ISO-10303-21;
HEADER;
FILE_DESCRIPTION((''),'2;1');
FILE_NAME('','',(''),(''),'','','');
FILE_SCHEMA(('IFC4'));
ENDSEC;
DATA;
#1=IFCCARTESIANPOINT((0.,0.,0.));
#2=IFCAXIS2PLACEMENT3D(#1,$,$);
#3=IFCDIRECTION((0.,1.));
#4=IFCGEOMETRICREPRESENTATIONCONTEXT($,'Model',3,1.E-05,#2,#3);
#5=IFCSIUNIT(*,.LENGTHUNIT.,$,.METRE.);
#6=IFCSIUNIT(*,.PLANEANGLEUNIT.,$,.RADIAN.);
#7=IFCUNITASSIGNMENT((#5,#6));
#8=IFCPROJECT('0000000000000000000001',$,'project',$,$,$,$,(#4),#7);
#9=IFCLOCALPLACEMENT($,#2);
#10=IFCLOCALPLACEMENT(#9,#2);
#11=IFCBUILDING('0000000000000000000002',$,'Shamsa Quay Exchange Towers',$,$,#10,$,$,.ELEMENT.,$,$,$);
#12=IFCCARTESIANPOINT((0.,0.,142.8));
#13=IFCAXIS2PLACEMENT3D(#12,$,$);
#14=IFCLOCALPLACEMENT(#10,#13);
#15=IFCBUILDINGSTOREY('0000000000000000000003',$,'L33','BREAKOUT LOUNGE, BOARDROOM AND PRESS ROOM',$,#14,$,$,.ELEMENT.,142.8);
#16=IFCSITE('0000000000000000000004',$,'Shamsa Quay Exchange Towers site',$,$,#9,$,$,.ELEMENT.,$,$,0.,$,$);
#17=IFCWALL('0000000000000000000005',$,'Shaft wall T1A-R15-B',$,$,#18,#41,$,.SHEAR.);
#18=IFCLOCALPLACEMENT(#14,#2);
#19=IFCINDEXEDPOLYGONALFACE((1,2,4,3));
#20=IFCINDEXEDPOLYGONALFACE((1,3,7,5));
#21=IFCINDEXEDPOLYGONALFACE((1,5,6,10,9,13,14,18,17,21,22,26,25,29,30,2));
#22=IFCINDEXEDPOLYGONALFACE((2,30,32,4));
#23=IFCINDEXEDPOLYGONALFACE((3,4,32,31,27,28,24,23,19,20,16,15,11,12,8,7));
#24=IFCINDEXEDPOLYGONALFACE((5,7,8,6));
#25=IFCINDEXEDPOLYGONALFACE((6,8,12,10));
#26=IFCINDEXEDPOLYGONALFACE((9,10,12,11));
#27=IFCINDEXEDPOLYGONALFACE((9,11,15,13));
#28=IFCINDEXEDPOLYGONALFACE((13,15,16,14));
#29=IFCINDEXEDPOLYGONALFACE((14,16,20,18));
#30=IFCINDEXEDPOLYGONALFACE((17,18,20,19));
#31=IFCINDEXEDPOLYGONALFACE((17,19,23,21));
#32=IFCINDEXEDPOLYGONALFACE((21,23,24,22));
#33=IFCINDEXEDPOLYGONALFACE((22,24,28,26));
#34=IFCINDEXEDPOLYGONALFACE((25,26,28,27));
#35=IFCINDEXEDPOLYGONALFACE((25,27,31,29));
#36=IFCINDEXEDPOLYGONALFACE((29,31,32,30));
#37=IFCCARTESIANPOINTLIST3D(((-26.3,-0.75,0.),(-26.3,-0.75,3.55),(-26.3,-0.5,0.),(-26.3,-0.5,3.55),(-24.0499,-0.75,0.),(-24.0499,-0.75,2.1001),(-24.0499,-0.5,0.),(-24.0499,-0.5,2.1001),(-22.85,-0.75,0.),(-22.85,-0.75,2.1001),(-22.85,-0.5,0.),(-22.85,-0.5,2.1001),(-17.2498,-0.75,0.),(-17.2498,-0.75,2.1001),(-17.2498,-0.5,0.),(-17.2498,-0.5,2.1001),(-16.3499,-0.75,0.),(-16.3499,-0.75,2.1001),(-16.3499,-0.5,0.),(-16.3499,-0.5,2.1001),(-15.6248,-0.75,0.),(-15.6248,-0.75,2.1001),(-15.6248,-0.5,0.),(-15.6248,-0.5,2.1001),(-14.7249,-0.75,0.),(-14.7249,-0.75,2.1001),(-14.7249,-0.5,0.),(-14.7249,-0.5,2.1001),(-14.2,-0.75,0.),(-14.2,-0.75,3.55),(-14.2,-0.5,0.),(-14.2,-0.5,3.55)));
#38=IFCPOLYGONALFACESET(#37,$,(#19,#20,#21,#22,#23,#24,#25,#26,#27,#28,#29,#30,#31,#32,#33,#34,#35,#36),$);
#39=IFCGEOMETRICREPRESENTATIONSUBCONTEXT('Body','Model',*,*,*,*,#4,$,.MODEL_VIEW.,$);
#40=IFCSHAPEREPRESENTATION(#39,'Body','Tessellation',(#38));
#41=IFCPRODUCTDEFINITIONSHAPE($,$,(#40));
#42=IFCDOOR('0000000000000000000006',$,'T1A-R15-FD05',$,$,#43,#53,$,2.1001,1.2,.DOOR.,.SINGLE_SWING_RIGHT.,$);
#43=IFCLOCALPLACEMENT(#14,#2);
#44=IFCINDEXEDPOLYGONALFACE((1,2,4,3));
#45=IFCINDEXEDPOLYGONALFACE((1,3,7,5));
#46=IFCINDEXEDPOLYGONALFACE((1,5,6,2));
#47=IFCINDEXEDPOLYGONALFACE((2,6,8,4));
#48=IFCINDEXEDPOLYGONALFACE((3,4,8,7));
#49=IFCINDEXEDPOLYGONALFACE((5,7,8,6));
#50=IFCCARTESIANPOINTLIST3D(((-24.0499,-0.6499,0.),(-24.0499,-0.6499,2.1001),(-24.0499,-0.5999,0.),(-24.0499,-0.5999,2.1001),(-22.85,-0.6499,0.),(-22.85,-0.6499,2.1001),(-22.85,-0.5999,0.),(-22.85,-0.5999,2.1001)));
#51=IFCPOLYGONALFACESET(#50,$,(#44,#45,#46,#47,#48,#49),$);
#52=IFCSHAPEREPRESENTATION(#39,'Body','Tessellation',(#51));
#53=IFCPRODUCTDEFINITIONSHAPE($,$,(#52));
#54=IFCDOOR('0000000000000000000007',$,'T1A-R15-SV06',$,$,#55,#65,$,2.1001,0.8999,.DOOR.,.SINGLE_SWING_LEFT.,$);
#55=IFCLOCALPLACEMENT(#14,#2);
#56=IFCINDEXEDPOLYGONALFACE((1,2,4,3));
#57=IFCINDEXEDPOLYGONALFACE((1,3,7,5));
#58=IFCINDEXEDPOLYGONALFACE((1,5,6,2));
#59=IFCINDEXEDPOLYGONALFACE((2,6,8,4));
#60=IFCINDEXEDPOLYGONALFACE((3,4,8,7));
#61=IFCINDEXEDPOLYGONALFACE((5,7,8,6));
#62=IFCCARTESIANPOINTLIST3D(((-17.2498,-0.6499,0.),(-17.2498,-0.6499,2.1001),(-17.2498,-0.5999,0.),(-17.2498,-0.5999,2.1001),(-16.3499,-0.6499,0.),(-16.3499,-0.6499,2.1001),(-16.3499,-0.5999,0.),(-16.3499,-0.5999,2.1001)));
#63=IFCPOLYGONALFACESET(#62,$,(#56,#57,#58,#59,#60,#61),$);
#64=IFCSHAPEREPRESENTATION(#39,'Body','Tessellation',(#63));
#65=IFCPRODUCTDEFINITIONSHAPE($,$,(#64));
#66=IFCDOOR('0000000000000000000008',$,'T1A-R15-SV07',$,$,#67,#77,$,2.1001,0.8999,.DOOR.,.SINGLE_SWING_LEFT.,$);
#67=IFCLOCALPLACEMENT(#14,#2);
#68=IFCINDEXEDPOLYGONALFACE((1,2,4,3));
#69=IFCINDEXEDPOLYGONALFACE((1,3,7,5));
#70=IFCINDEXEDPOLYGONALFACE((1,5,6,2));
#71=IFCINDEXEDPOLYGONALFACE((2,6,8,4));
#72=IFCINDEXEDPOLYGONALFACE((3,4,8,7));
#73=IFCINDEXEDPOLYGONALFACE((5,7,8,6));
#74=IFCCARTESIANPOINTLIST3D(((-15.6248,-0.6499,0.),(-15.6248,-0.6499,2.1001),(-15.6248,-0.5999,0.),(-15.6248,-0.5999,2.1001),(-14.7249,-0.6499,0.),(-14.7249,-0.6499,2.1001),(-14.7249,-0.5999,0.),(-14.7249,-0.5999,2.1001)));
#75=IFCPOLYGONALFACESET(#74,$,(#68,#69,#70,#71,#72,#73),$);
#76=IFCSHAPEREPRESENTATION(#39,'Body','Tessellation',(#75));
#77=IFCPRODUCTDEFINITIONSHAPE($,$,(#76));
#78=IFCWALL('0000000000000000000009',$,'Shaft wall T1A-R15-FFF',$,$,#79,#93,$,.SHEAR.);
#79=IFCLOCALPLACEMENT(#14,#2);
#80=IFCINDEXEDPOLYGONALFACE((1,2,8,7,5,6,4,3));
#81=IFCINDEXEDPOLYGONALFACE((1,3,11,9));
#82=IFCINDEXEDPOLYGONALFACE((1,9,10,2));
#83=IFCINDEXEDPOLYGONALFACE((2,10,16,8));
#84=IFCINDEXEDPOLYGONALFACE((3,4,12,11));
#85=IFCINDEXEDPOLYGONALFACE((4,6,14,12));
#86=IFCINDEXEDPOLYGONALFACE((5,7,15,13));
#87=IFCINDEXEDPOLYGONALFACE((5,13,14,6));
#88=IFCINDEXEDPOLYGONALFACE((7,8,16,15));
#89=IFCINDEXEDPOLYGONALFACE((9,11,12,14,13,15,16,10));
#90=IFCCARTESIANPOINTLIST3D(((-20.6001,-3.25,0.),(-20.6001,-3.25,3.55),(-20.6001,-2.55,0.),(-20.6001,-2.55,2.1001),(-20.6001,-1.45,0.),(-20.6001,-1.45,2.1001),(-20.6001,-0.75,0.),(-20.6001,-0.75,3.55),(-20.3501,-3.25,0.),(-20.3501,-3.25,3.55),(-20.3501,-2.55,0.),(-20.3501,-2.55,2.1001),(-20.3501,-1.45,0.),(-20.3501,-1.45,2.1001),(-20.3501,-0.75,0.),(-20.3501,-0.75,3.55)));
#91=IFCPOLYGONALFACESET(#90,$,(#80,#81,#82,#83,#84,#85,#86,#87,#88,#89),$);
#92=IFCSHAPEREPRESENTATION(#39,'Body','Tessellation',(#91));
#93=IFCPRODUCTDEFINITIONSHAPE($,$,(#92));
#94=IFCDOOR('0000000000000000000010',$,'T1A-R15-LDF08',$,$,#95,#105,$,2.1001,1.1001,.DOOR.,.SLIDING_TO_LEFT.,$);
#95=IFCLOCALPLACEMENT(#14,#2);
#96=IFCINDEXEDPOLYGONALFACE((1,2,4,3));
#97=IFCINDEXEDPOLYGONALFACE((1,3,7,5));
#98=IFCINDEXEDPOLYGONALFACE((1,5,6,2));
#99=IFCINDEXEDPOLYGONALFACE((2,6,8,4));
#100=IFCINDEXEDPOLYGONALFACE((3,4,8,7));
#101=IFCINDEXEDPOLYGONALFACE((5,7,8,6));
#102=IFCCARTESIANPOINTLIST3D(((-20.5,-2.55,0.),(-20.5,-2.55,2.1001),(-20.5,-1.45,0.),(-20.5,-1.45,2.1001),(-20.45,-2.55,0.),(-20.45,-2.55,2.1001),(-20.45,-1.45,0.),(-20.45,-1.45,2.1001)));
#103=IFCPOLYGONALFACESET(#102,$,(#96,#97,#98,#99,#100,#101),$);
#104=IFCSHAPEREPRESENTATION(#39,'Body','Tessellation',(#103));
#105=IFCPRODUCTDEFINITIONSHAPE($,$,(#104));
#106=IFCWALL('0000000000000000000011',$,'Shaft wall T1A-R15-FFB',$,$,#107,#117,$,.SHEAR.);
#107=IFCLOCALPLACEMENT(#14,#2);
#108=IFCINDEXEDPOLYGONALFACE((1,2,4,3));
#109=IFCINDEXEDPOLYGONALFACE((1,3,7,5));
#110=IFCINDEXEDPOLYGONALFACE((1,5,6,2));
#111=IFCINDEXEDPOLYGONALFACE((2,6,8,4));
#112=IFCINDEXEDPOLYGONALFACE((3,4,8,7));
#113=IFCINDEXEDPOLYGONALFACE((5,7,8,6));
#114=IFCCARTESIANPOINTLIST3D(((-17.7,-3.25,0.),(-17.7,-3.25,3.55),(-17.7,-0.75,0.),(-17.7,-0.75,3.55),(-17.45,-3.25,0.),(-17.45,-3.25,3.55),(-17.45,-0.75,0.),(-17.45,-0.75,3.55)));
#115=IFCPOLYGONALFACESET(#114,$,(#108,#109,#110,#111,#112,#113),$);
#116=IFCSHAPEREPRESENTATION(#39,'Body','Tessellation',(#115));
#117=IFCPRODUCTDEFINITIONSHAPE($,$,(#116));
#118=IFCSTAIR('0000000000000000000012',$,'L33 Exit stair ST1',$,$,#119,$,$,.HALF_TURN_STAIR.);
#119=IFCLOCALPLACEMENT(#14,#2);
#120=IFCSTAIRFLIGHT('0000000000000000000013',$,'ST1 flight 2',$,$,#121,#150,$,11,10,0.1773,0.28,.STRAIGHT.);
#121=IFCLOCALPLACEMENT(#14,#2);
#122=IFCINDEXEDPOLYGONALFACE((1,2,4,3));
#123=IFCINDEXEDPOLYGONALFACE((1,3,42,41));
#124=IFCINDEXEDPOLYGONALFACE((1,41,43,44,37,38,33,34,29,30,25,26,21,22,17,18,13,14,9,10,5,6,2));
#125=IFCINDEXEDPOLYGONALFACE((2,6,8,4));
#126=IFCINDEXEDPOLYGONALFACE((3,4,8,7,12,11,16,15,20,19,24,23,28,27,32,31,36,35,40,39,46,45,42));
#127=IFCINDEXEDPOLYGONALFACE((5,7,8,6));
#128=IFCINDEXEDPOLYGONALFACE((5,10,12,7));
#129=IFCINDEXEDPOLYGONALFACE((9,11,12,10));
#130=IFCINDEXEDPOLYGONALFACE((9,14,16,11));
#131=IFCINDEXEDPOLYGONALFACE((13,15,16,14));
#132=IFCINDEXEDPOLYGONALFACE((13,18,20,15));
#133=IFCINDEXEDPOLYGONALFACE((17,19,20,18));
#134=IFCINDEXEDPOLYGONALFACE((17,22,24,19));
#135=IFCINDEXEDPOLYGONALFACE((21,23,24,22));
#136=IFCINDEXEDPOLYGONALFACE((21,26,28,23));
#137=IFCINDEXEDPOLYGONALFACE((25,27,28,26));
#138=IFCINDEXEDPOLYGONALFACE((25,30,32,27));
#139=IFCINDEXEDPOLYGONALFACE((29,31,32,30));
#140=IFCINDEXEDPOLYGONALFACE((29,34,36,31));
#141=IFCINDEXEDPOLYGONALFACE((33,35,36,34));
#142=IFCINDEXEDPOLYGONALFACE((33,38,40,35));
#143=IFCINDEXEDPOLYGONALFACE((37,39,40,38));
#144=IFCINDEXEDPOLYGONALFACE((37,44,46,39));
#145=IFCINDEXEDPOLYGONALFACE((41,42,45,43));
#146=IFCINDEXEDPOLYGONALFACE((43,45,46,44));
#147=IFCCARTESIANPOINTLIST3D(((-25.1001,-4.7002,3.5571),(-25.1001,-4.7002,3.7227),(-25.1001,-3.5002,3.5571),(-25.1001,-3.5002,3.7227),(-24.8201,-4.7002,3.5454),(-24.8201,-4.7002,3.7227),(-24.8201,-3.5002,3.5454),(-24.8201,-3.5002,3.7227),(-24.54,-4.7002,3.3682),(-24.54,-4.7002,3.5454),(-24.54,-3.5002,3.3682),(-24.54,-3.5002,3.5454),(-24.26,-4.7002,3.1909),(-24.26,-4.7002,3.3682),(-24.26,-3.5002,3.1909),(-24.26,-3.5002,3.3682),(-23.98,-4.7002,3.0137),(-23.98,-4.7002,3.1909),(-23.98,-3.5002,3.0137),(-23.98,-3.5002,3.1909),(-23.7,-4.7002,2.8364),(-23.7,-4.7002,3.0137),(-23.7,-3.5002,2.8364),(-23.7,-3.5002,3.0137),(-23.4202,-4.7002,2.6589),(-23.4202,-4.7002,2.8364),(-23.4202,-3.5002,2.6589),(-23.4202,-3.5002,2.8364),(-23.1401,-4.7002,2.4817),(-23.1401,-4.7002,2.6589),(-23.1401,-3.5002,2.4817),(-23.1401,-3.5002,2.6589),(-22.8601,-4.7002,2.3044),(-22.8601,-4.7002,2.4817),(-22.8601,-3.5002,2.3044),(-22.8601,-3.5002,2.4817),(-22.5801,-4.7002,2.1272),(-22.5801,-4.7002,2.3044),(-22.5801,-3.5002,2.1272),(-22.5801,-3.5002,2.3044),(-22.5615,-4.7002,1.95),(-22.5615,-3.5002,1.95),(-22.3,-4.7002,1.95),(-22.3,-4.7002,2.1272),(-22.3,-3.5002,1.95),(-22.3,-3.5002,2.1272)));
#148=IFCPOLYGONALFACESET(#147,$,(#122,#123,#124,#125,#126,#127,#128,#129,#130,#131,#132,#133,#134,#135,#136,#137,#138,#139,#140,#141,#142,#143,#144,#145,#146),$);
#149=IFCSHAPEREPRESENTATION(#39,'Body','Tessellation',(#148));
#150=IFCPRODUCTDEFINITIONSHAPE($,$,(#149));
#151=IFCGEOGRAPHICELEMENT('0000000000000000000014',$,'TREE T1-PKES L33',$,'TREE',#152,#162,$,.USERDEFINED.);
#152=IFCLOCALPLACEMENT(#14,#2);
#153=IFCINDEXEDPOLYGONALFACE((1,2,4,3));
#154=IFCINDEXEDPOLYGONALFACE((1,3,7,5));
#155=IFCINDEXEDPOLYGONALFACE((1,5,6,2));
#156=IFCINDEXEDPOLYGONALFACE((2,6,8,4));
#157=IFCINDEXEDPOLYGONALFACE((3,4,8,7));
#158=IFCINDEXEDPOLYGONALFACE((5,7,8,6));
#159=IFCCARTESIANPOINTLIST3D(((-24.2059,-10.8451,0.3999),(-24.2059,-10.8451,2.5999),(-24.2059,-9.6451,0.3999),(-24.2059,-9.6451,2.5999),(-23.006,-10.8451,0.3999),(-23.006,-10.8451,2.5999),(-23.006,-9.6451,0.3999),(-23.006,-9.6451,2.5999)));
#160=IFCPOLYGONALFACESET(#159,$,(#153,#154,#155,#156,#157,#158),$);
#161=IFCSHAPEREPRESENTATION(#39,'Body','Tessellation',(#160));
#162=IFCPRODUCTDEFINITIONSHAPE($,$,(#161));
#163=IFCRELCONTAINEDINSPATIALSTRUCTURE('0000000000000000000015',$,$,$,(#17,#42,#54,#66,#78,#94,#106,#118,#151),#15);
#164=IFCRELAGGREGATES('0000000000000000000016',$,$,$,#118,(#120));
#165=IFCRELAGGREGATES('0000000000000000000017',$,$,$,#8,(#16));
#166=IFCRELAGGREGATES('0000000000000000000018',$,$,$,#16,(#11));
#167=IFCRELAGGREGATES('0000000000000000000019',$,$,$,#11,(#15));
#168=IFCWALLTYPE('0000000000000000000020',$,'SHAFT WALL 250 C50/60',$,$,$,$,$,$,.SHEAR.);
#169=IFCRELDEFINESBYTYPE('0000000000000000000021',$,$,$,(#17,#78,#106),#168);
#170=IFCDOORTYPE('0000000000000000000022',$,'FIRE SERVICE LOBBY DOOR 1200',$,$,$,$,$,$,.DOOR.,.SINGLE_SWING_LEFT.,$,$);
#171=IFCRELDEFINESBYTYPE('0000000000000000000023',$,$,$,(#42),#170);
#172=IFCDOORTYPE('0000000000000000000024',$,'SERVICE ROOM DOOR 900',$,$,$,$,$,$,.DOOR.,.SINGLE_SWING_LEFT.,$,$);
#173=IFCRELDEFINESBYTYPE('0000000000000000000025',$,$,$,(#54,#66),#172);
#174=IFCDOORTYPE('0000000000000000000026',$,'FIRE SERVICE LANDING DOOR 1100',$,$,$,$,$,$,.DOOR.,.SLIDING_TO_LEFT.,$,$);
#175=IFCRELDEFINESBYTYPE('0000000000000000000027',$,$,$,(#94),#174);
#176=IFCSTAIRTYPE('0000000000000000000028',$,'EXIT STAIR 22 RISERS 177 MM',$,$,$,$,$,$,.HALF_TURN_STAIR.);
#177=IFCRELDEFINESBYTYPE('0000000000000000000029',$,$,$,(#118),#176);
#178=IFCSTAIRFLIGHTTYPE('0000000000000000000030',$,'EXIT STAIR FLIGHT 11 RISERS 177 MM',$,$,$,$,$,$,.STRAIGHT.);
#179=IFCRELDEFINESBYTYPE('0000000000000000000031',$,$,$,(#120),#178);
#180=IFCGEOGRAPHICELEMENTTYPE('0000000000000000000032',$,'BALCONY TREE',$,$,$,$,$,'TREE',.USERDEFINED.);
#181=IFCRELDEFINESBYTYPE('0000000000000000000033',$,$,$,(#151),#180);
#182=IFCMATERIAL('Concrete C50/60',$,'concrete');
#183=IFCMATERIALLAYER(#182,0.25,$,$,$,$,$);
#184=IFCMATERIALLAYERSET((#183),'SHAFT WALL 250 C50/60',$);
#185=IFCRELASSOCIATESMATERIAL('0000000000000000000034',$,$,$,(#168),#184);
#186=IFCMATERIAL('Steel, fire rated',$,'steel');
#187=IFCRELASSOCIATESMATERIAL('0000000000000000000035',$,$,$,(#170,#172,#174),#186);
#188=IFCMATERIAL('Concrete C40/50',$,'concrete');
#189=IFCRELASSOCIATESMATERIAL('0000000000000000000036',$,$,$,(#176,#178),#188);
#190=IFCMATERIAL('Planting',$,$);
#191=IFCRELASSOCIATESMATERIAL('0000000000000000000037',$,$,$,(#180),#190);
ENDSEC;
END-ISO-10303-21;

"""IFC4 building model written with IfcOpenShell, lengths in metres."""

from ifc_helpers import new_model, si_unit, direction, frame, frame_2d, origin, origin_2d, place, context, subcontext, project, spatial, polyline, rectangle, outline, extrude, material, layer, layer_set, type_object, element, fill, aggregate, save


model = new_model("IFC4")

# Units and contexts
model_context = context("Model", 3, precision=1e-05, world=origin(), true_north=direction((0.0, 1.0)))
body_context = subcontext(model_context, "Body", "Model", "MODEL_VIEW")
ifc_project = project(units=[si_unit("LENGTHUNIT", "METRE"), si_unit("PLANEANGLEUNIT", "RADIAN")], contexts=[model_context])

# Site, building, storey
site_placement = place(None, origin())
site = spatial("IfcSite", under=ifc_project, at=site_placement, Name="Shamsa Quay Exchange Towers site", CompositionType="ELEMENT", RefElevation=0.0)
building_placement = place(site_placement, origin())
building = spatial("IfcBuilding", under=site, at=building_placement, Name="Shamsa Quay Exchange Towers", CompositionType="ELEMENT")
storey_placement = place(building_placement, frame((0.0, 0.0, 142.8)))
storey = spatial("IfcBuildingStorey", under=building, at=storey_placement, Name="L33", Description="BREAKOUT LOUNGE, BOARDROOM AND PRESS ROOM", CompositionType="ELEMENT", Elevation=142.8)

# Shared definitions
ifc_material_1 = material(Name="Concrete C50/60", Category="concrete")
ifc_layer_1 = layer(ifc_material_1, 0.25)
ifc_layer_set_1 = layer_set([ifc_layer_1], Name="SHAFT WALL 250 C50/60")
wall_type_1 = type_object("IfcWallType", Name="SHAFT WALL 250 C50/60", PredefinedType="SHEAR", material=ifc_layer_set_1)
ifc_material_2 = material(Name="Steel, fire rated", Category="steel")

# Wall, openings, doors
wall_1_placement = place(storey_placement, frame((-14.2, -0.625, 0.0), z_axis=(0.0, 0.0, 1.0), x_axis=(-1.0, 0.0, 0.0)))
wall_1 = element("IfcWall", 1, at=wall_1_placement, inside=storey, type_object=wall_type_1, Name="Shaft wall T1A-R15-B", PredefinedType="SHEAR", context=body_context, shape_type="SweptSolid", body=[
    extrude(rectangle(XDim=12.1001, YDim=0.25, at=frame_2d((6.05, 0.0))), origin(), (0.0, 0.0, 1.0), 3.55),
])
opening_1_placement = place(wall_1_placement, frame((8.6499, 0.0, 0.0)))
opening_1 = element("IfcOpeningElement", 2, at=opening_1_placement, cuts=wall_1, PredefinedType="OPENING", context=body_context, shape_type="SweptSolid", body=[
    extrude(rectangle(XDim=1.2, YDim=2.1001, at=frame_2d((0.6001, 1.05))), frame((0.0, 0.135, 0.0), z_axis=(0.0, -1.0, 0.0), x_axis=(1.0, 0.0, 0.0)), (0.0, 0.0, 1.0), 0.27),
])
opening_2_placement = place(wall_1_placement, frame((2.1499, 0.0, 0.0)))
opening_2 = element("IfcOpeningElement", 3, at=opening_2_placement, cuts=wall_1, PredefinedType="OPENING", context=body_context, shape_type="SweptSolid", body=[
    extrude(rectangle(XDim=0.8999, YDim=2.1001, at=frame_2d((0.45, 1.05))), frame((0.0, 0.135, 0.0), z_axis=(0.0, -1.0, 0.0), x_axis=(1.0, 0.0, 0.0)), (0.0, 0.0, 1.0), 0.27),
])
opening_3_placement = place(wall_1_placement, frame((0.5249, 0.0, 0.0)))
opening_3 = element("IfcOpeningElement", 4, at=opening_3_placement, cuts=wall_1, PredefinedType="OPENING", context=body_context, shape_type="SweptSolid", body=[
    extrude(rectangle(XDim=0.8999, YDim=2.1001, at=frame_2d((0.45, 1.05))), frame((0.0, 0.135, 0.0), z_axis=(0.0, -1.0, 0.0), x_axis=(1.0, 0.0, 0.0)), (0.0, 0.0, 1.0), 0.27),
])
door_type_1 = type_object("IfcDoorType", Name="FIRE SERVICE LOBBY DOOR 1200", OperationType="SINGLE_SWING_LEFT", PredefinedType="DOOR", material=ifc_material_2)
door_1_placement = place(opening_1_placement, origin())
door_1 = element("IfcDoor", 5, at=door_1_placement, inside=storey, type_object=door_type_1, Name="T1A-R15-FD05", OperationType="SINGLE_SWING_RIGHT", OverallHeight=2.1001, OverallWidth=1.2, PredefinedType="DOOR", context=body_context, shape_type="SweptSolid", body=[
    extrude(rectangle(XDim=1.2, YDim=2.1001, at=frame_2d((0.6001, 1.05))), frame((0.0, 0.0249, 0.0), z_axis=(0.0, -1.0, 0.0), x_axis=(1.0, 0.0, 0.0)), (0.0, 0.0, 1.0), 0.05),
])
fill(opening_1, door_1)
door_type_2 = type_object("IfcDoorType", Name="SERVICE ROOM DOOR 900", OperationType="SINGLE_SWING_LEFT", PredefinedType="DOOR", material=ifc_material_2)
door_2_placement = place(opening_2_placement, origin())
door_2 = element("IfcDoor", 6, at=door_2_placement, inside=storey, type_object=door_type_2, Name="T1A-R15-SV06", OperationType="SINGLE_SWING_LEFT", OverallHeight=2.1001, OverallWidth=0.8999, PredefinedType="DOOR", context=body_context, shape_type="SweptSolid", body=[
    extrude(rectangle(XDim=0.8999, YDim=2.1001, at=frame_2d((0.45, 1.05))), frame((0.0, 0.0249, 0.0), z_axis=(0.0, -1.0, 0.0), x_axis=(1.0, 0.0, 0.0)), (0.0, 0.0, 1.0), 0.05),
])
fill(opening_2, door_2)
door_3_placement = place(opening_3_placement, origin())
door_3 = element("IfcDoor", 7, at=door_3_placement, inside=storey, type_object=door_type_2, Name="T1A-R15-SV07", OperationType="SINGLE_SWING_LEFT", OverallHeight=2.1001, OverallWidth=0.8999, PredefinedType="DOOR", context=body_context, shape_type="SweptSolid", body=[
    extrude(rectangle(XDim=0.8999, YDim=2.1001, at=frame_2d((0.45, 1.05))), frame((0.0, 0.0249, 0.0), z_axis=(0.0, -1.0, 0.0), x_axis=(1.0, 0.0, 0.0)), (0.0, 0.0, 1.0), 0.05),
])
fill(opening_3, door_3)

# Wall, opening, door
wall_2_placement = place(storey_placement, frame((-20.4751, -3.25, 0.0), z_axis=(0.0, 0.0, 1.0), x_axis=(0.0, 1.0, 0.0)))
wall_2 = element("IfcWall", 8, at=wall_2_placement, inside=storey, type_object=wall_type_1, Name="Shaft wall T1A-R15-FFF", PredefinedType="SHEAR", context=body_context, shape_type="SweptSolid", body=[
    extrude(rectangle(XDim=2.5, YDim=0.25, at=frame_2d((1.25, 0.0))), origin(), (0.0, 0.0, 1.0), 3.55),
])
opening_4_placement = place(wall_2_placement, frame((0.7, 0.0, 0.0)))
opening_4 = element("IfcOpeningElement", 9, at=opening_4_placement, cuts=wall_2, PredefinedType="OPENING", context=body_context, shape_type="SweptSolid", body=[
    extrude(rectangle(XDim=1.1001, YDim=2.1001, at=frame_2d((0.55, 1.05))), frame((0.0, 0.135, 0.0), z_axis=(0.0, -1.0, 0.0), x_axis=(1.0, 0.0, 0.0)), (0.0, 0.0, 1.0), 0.27),
])
door_type_3 = type_object("IfcDoorType", Name="FIRE SERVICE LANDING DOOR 1100", OperationType="SLIDING_TO_LEFT", PredefinedType="DOOR", material=ifc_material_2)
door_4_placement = place(opening_4_placement, origin())
door_4 = element("IfcDoor", 10, at=door_4_placement, inside=storey, type_object=door_type_3, Name="T1A-R15-LDF08", OperationType="SLIDING_TO_LEFT", OverallHeight=2.1001, OverallWidth=1.1001, PredefinedType="DOOR", context=body_context, shape_type="SweptSolid", body=[
    extrude(rectangle(XDim=1.1001, YDim=2.1001, at=frame_2d((0.55, 1.05))), frame((0.0, 0.0249, 0.0), z_axis=(0.0, -1.0, 0.0), x_axis=(1.0, 0.0, 0.0)), (0.0, 0.0, 1.0), 0.05),
])
fill(opening_4, door_4)

# Wall
wall_3_placement = place(storey_placement, frame((-17.575, -3.25, 0.0), z_axis=(0.0, 0.0, 1.0), x_axis=(0.0, 1.0, 0.0)))
element("IfcWall", 11, at=wall_3_placement, inside=storey, type_object=wall_type_1, Name="Shaft wall T1A-R15-FFB", PredefinedType="SHEAR", context=body_context, shape_type="SweptSolid", body=[
    extrude(rectangle(XDim=2.5, YDim=0.25, at=frame_2d((1.25, 0.0))), origin(), (0.0, 0.0, 1.0), 3.55),
])

# Stair, stair flight
ifc_material_3 = material(Name="Concrete C40/50", Category="concrete")
stair_type = type_object("IfcStairType", Name="EXIT STAIR 22 RISERS 177 MM", PredefinedType="HALF_TURN_STAIR", material=ifc_material_3)
stair_placement = place(storey_placement, origin())
stair = element("IfcStair", 12, at=stair_placement, inside=storey, type_object=stair_type, Name="L33 Exit stair ST1", PredefinedType="HALF_TURN_STAIR")
stair_flight_type = type_object("IfcStairFlightType", Name="EXIT STAIR FLIGHT 11 RISERS 177 MM", PredefinedType="STRAIGHT", material=ifc_material_3)
stair_flight_placement = place(storey_placement, frame((-22.3, -4.1001, 1.95), z_axis=(0.0, 0.0, 1.0), x_axis=(-1.0, 0.0, 0.0)))
stair_flight = element("IfcStairFlight", 13, at=stair_flight_placement, type_object=stair_flight_type, Name="ST1 flight 2", NumberOfRisers=11, NumberOfTreads=10, PredefinedType="STRAIGHT", RiserHeight=0.1773, TreadLength=0.28, context=body_context, shape_type="SweptSolid", body=[
    extrude(outline(polyline([(0.0, 0.0), (0.0, 0.1772), (0.28, 0.1772), (0.28, 0.3545), (0.5601, 0.3545), (0.5601, 0.5317), (0.8401, 0.5317), (0.8401, 0.709), (1.1201, 0.709), (1.1201, 0.8865), (1.3999, 0.8865), (1.3999, 1.0637), (1.6799, 1.0637), (1.6799, 1.241), (1.96, 1.241), (1.96, 1.4182), (2.24, 1.4182), (2.24, 1.5955), (2.52, 1.5955), (2.52, 1.7727), (2.8, 1.7727), (2.8, 1.95), (2.8, 1.6072), (0.2615, 0.0), (0.0, 0.0)])), frame((0.0, 0.6001, 0.0), z_axis=(0.0, -1.0, 0.0), x_axis=(1.0, 0.0, 0.0)), (0.0, 0.0, 1.0), 1.2),
])
aggregate(stair, [stair_flight])

# Geographic element
ifc_material_4 = material(Name="Planting")
geographic_element_type = type_object("IfcGeographicElementType", Name="BALCONY TREE", ElementType="TREE", PredefinedType="USERDEFINED", material=ifc_material_4)
geographic_element_placement = place(storey_placement, frame((-23.606, -10.2451, 0.3999)))
element("IfcGeographicElement", 14, at=geographic_element_placement, inside=storey, type_object=geographic_element_type, Name="TREE T1-PKES L33", ObjectType="TREE", PredefinedType="USERDEFINED", context=body_context, shape_type="SweptSolid", body=[
    extrude(rectangle(XDim=1.2, YDim=1.2, at=origin_2d()), origin(), (0.0, 0.0, 1.0), 2.2),
])

save(model, "model.ifc")
